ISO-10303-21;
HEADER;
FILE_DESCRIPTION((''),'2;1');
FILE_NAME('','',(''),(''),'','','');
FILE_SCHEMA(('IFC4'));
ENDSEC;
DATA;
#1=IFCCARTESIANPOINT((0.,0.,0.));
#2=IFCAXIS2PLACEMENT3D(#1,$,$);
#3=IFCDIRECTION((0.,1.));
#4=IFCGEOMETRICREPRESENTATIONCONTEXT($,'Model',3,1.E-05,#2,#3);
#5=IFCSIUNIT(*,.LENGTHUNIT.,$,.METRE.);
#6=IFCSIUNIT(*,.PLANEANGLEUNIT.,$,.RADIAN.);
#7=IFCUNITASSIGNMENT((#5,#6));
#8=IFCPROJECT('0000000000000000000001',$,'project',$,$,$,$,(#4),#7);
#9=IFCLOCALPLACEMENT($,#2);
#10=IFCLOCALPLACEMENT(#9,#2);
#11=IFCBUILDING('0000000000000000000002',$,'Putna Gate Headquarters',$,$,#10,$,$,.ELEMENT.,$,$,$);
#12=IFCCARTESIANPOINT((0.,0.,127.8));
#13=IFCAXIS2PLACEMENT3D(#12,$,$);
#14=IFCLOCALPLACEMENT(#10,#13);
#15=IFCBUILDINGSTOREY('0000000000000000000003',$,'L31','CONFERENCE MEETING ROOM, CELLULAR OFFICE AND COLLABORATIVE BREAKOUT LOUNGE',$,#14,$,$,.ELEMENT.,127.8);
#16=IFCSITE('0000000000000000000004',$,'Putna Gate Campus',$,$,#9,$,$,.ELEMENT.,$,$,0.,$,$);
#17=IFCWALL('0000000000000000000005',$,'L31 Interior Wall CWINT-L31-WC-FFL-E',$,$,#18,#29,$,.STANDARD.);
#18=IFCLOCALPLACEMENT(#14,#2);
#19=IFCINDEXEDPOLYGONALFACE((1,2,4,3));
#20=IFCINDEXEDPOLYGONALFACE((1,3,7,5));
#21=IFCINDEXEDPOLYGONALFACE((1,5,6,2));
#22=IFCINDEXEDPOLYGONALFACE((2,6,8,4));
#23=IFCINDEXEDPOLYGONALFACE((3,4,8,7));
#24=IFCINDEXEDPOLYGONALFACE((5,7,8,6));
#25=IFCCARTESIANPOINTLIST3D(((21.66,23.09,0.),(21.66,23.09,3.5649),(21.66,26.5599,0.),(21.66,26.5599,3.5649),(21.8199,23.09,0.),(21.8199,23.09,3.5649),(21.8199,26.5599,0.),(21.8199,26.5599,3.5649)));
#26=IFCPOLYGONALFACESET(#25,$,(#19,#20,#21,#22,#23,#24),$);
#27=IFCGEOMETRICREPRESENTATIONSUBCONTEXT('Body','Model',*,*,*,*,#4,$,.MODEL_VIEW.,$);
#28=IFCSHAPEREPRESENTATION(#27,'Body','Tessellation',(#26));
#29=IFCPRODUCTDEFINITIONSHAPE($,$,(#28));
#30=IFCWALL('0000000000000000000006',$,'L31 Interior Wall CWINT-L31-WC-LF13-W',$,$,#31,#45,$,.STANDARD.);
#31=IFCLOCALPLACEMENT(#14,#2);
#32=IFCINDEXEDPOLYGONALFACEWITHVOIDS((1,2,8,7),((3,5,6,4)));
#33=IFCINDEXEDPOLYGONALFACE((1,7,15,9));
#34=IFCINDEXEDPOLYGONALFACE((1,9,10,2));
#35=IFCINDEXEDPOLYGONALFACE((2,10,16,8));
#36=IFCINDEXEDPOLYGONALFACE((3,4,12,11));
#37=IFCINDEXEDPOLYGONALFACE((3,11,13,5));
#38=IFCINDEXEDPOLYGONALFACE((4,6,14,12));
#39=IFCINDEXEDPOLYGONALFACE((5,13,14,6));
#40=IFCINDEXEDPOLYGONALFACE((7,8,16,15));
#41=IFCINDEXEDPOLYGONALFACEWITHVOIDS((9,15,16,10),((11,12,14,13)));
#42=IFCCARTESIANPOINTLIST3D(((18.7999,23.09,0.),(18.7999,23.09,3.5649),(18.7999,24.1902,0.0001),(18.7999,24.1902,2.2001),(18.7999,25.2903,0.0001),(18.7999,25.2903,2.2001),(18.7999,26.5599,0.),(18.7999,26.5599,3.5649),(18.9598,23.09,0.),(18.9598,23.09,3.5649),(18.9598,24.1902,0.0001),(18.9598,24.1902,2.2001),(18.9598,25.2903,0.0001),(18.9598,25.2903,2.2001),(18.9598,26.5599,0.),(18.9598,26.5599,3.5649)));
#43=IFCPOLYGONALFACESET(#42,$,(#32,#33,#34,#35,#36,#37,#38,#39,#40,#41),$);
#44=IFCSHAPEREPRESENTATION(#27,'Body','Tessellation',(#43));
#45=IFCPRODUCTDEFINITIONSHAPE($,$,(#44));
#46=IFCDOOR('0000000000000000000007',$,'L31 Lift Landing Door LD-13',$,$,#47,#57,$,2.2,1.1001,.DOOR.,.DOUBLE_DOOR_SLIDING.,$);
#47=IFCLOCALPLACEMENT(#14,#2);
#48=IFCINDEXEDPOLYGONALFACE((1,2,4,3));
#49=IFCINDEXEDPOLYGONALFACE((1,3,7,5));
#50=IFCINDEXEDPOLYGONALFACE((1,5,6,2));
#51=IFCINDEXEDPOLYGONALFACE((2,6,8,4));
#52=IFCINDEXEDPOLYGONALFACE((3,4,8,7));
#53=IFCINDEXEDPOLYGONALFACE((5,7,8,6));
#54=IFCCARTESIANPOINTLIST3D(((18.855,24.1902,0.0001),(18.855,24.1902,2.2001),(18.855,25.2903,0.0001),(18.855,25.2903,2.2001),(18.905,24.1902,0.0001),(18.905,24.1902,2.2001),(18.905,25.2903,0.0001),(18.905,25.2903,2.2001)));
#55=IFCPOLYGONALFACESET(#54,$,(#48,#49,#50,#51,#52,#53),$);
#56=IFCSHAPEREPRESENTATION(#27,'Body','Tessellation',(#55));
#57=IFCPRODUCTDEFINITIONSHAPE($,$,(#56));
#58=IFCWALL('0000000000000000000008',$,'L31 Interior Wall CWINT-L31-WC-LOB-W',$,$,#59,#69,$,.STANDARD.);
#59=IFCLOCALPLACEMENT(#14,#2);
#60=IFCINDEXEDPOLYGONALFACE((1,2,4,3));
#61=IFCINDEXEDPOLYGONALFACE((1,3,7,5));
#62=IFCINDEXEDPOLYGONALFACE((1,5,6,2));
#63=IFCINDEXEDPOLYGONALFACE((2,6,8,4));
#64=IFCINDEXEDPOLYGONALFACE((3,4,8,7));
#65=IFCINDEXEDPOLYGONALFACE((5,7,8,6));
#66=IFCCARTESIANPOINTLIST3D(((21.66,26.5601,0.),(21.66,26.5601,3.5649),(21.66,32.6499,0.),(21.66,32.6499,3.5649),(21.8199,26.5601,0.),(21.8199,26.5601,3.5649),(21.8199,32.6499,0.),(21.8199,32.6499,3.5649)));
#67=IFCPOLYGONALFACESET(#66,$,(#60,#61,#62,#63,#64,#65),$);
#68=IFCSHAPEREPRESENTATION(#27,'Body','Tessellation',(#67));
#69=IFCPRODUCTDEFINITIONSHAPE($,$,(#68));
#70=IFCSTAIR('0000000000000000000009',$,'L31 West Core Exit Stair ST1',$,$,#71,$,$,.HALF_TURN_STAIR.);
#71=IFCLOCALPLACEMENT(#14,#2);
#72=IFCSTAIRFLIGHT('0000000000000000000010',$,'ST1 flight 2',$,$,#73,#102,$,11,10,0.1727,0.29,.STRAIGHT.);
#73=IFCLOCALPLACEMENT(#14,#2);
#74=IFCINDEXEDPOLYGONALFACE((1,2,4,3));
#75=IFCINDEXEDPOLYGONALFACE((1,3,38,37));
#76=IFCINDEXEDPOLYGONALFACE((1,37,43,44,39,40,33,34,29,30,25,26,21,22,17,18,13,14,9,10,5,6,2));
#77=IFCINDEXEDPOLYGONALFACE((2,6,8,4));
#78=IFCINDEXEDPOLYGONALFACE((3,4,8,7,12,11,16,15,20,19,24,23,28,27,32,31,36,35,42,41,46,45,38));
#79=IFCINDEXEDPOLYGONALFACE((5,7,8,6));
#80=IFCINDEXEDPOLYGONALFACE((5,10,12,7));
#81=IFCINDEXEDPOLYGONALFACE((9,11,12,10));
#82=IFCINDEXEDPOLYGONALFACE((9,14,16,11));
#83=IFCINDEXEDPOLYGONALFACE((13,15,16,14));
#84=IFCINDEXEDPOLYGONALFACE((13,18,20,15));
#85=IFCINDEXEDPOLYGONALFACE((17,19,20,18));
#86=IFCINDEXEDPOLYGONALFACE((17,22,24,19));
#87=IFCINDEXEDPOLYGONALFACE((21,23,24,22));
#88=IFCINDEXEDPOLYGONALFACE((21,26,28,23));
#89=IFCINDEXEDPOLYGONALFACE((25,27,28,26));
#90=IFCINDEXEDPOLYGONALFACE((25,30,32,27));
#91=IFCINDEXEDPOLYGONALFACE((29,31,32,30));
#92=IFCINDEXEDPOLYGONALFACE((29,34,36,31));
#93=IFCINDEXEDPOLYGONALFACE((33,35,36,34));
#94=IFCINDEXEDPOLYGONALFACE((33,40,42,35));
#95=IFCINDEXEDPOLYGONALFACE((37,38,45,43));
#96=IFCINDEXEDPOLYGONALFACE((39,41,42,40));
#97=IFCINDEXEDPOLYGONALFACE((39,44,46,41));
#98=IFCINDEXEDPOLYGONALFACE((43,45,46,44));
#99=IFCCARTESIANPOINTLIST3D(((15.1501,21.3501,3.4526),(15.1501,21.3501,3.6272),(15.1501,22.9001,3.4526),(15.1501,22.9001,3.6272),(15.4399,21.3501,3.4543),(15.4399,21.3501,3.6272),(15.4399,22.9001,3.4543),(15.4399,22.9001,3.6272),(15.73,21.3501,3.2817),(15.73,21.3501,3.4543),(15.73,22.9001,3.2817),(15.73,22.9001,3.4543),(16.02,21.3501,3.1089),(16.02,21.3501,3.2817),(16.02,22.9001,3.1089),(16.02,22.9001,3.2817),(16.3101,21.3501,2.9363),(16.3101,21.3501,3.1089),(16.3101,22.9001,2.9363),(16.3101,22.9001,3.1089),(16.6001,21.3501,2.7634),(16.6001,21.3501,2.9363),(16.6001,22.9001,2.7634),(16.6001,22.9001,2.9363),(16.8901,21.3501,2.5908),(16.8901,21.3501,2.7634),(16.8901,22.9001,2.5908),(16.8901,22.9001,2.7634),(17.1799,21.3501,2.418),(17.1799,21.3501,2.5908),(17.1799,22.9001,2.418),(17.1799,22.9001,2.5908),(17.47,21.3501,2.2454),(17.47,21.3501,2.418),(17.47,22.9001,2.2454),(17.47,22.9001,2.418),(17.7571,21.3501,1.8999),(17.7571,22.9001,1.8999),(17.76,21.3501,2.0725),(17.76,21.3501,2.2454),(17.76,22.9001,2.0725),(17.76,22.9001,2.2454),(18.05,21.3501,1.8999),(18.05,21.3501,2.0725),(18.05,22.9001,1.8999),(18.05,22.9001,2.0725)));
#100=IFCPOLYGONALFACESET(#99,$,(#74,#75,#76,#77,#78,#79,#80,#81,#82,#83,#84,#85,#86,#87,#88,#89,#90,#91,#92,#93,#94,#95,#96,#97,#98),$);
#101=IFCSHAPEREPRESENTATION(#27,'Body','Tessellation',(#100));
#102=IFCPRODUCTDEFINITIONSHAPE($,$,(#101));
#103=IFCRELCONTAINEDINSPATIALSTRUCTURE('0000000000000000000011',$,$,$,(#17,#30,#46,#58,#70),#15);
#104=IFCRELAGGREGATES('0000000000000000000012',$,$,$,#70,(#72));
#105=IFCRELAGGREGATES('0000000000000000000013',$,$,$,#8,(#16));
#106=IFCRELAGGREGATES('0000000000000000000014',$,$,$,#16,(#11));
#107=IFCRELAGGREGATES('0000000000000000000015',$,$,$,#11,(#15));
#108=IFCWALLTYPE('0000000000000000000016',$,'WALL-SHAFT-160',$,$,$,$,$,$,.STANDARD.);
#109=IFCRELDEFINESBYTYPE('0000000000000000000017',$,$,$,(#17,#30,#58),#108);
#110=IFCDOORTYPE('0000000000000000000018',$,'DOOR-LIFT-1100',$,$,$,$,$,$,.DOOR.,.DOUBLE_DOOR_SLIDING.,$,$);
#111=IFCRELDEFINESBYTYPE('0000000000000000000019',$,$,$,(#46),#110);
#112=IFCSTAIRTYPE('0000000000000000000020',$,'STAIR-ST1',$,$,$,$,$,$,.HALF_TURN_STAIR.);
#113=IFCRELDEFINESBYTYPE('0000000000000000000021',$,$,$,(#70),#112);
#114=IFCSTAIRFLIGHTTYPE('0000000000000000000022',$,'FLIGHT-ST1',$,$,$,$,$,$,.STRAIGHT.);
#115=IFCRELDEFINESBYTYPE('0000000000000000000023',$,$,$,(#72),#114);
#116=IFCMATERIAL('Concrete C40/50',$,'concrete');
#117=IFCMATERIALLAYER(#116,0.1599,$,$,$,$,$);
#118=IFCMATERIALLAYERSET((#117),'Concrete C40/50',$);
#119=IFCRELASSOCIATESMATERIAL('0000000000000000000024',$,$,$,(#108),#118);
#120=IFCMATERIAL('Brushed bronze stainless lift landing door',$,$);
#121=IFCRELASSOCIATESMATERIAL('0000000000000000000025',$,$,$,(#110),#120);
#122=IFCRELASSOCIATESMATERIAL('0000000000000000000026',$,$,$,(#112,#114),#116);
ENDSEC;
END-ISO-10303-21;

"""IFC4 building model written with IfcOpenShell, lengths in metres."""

from ifc_helpers import new_model, si_unit, direction, frame, frame_2d, origin, place, context, subcontext, project, spatial, polyline, rectangle, outline, extrude, material, layer, layer_set, type_object, element, fill, aggregate, save


model = new_model("IFC4")

# Units and contexts
model_context = context("Model", 3, precision=1e-05, world=origin(), true_north=direction((0.0, 1.0)))
body_context = subcontext(model_context, "Body", "Model", "MODEL_VIEW")
ifc_project = project(units=[si_unit("LENGTHUNIT", "METRE"), si_unit("PLANEANGLEUNIT", "RADIAN")], contexts=[model_context])

# Site, building, storey
site_placement = place(None, origin())
site = spatial("IfcSite", under=ifc_project, at=site_placement, Name="Putna Gate Campus", CompositionType="ELEMENT", RefElevation=0.0)
building_placement = place(site_placement, origin())
building = spatial("IfcBuilding", under=site, at=building_placement, Name="Putna Gate Headquarters", CompositionType="ELEMENT")
storey_placement = place(building_placement, frame((0.0, 0.0, 127.8)))
storey = spatial("IfcBuildingStorey", under=building, at=storey_placement, Name="L31", Description="CONFERENCE MEETING ROOM, CELLULAR OFFICE AND COLLABORATIVE BREAKOUT LOUNGE", CompositionType="ELEMENT", Elevation=127.8)

# Wall
ifc_material_1 = material(Name="Concrete C40/50", Category="concrete")
ifc_layer_1 = layer(ifc_material_1, 0.1599)
ifc_layer_set_1 = layer_set([ifc_layer_1], Name="Concrete C40/50")
wall_type_1 = type_object("IfcWallType", Name="WALL-SHAFT-160", PredefinedType="STANDARD", material=ifc_layer_set_1)
wall_1_placement = place(storey_placement, frame((21.74, 23.0901, 0.0), z_axis=(0.0, 0.0, 1.0), x_axis=(0.0, 1.0, 0.0)))
element("IfcWall", 1, at=wall_1_placement, inside=storey, type_object=wall_type_1, Name="L31 Interior Wall CWINT-L31-WC-FFL-E", PredefinedType="STANDARD", context=body_context, shape_type="SweptSolid", body=[
    extrude(rectangle(XDim=3.47, YDim=0.1599, at=frame_2d((1.7349, 0.0))), origin(), (0.0, 0.0, 1.0), 3.5649),
])

# Wall, opening, door
wall_2_placement = place(storey_placement, frame((18.8799, 23.0901, 0.0), z_axis=(0.0, 0.0, 1.0), x_axis=(0.0, 1.0, 0.0)))
wall_2 = element("IfcWall", 2, at=wall_2_placement, inside=storey, type_object=wall_type_1, Name="L31 Interior Wall CWINT-L31-WC-LF13-W", PredefinedType="STANDARD", context=body_context, shape_type="SweptSolid", body=[
    extrude(rectangle(XDim=3.47, YDim=0.1599, at=frame_2d((1.7349, 0.0))), origin(), (0.0, 0.0, 1.0), 3.5649),
])
opening_1_placement = place(wall_2_placement, frame((1.1001, 0.0, 0.0)))
opening_1 = element("IfcOpeningElement", 3, at=opening_1_placement, cuts=wall_2, PredefinedType="OPENING", context=body_context, shape_type="SweptSolid", body=[
    extrude(rectangle(XDim=1.1001, YDim=2.2, at=frame_2d((0.55, 1.1001))), frame((0.0, 0.0898, 0.0), z_axis=(0.0, -1.0, 0.0), x_axis=(1.0, 0.0, 0.0)), (0.0, 0.0, 1.0), 0.1799),
])
ifc_material_2 = material(Name="Brushed bronze stainless lift landing door")
door_type_1 = type_object("IfcDoorType", Name="DOOR-LIFT-1100", OperationType="DOUBLE_DOOR_SLIDING", PredefinedType="DOOR", material=ifc_material_2)
door_1_placement = place(opening_1_placement, origin())
door_1 = element("IfcDoor", 4, at=door_1_placement, inside=storey, type_object=door_type_1, Name="L31 Lift Landing Door LD-13", OperationType="DOUBLE_DOOR_SLIDING", OverallHeight=2.2, OverallWidth=1.1001, PredefinedType="DOOR", context=body_context, shape_type="SweptSolid", body=[
    extrude(rectangle(XDim=1.1001, YDim=2.2, at=frame_2d((0.55, 1.1001))), frame((0.0, 0.0249, 0.0), z_axis=(0.0, -1.0, 0.0), x_axis=(1.0, 0.0, 0.0)), (0.0, 0.0, 1.0), 0.05),
])
fill(opening_1, door_1)

# Wall
wall_3_placement = place(storey_placement, frame((21.74, 26.5601, 0.0), z_axis=(0.0, 0.0, 1.0), x_axis=(0.0, 1.0, 0.0)))
element("IfcWall", 5, at=wall_3_placement, inside=storey, type_object=wall_type_1, Name="L31 Interior Wall CWINT-L31-WC-LOB-W", PredefinedType="STANDARD", context=body_context, shape_type="SweptSolid", body=[
    extrude(rectangle(XDim=6.0898, YDim=0.1599, at=frame_2d((3.0449, 0.0))), origin(), (0.0, 0.0, 1.0), 3.5649),
])

# Stair, stair flight
stair_type = type_object("IfcStairType", Name="STAIR-ST1", PredefinedType="HALF_TURN_STAIR", material=ifc_material_1)
stair_placement = place(storey_placement, origin())
stair = element("IfcStair", 6, at=stair_placement, inside=storey, type_object=stair_type, Name="L31 West Core Exit Stair ST1", PredefinedType="HALF_TURN_STAIR")
stair_flight_type = type_object("IfcStairFlightType", Name="FLIGHT-ST1", PredefinedType="STRAIGHT", material=ifc_material_1)
stair_flight_placement = place(storey_placement, frame((18.05, 22.125, 1.8999), z_axis=(0.0, 0.0, 1.0), x_axis=(-1.0, 0.0, 0.0)))
stair_flight = element("IfcStairFlight", 7, at=stair_flight_placement, type_object=stair_flight_type, Name="ST1 flight 2", NumberOfRisers=11, NumberOfTreads=10, PredefinedType="STRAIGHT", RiserHeight=0.1727, TreadLength=0.29, context=body_context, shape_type="SweptSolid", body=[
    extrude(outline(polyline([(0.0, 0.0), (0.0, 0.1726), (0.29, 0.1726), (0.29, 0.3455), (0.5801, 0.3455), (0.5801, 0.5181), (0.8701, 0.5181), (0.8701, 0.6909), (1.1599, 0.6909), (1.1599, 0.8635), (1.45, 0.8635), (1.45, 1.0364), (1.74, 1.0364), (1.74, 1.209), (2.03, 1.209), (2.03, 1.3818), (2.3201, 1.3818), (2.3201, 1.5544), (2.6101, 1.5544), (2.6101, 1.7273), (2.8999, 1.7273), (2.8999, 1.8999), (2.8999, 1.5527), (0.293, 0.0), (0.0, 0.0)])), frame((0.0, 0.7749, 0.0), z_axis=(0.0, -1.0, 0.0), x_axis=(1.0, 0.0, 0.0)), (0.0, 0.0, 1.0), 1.55),
])
aggregate(stair, [stair_flight])

save(model, "model.ifc")
